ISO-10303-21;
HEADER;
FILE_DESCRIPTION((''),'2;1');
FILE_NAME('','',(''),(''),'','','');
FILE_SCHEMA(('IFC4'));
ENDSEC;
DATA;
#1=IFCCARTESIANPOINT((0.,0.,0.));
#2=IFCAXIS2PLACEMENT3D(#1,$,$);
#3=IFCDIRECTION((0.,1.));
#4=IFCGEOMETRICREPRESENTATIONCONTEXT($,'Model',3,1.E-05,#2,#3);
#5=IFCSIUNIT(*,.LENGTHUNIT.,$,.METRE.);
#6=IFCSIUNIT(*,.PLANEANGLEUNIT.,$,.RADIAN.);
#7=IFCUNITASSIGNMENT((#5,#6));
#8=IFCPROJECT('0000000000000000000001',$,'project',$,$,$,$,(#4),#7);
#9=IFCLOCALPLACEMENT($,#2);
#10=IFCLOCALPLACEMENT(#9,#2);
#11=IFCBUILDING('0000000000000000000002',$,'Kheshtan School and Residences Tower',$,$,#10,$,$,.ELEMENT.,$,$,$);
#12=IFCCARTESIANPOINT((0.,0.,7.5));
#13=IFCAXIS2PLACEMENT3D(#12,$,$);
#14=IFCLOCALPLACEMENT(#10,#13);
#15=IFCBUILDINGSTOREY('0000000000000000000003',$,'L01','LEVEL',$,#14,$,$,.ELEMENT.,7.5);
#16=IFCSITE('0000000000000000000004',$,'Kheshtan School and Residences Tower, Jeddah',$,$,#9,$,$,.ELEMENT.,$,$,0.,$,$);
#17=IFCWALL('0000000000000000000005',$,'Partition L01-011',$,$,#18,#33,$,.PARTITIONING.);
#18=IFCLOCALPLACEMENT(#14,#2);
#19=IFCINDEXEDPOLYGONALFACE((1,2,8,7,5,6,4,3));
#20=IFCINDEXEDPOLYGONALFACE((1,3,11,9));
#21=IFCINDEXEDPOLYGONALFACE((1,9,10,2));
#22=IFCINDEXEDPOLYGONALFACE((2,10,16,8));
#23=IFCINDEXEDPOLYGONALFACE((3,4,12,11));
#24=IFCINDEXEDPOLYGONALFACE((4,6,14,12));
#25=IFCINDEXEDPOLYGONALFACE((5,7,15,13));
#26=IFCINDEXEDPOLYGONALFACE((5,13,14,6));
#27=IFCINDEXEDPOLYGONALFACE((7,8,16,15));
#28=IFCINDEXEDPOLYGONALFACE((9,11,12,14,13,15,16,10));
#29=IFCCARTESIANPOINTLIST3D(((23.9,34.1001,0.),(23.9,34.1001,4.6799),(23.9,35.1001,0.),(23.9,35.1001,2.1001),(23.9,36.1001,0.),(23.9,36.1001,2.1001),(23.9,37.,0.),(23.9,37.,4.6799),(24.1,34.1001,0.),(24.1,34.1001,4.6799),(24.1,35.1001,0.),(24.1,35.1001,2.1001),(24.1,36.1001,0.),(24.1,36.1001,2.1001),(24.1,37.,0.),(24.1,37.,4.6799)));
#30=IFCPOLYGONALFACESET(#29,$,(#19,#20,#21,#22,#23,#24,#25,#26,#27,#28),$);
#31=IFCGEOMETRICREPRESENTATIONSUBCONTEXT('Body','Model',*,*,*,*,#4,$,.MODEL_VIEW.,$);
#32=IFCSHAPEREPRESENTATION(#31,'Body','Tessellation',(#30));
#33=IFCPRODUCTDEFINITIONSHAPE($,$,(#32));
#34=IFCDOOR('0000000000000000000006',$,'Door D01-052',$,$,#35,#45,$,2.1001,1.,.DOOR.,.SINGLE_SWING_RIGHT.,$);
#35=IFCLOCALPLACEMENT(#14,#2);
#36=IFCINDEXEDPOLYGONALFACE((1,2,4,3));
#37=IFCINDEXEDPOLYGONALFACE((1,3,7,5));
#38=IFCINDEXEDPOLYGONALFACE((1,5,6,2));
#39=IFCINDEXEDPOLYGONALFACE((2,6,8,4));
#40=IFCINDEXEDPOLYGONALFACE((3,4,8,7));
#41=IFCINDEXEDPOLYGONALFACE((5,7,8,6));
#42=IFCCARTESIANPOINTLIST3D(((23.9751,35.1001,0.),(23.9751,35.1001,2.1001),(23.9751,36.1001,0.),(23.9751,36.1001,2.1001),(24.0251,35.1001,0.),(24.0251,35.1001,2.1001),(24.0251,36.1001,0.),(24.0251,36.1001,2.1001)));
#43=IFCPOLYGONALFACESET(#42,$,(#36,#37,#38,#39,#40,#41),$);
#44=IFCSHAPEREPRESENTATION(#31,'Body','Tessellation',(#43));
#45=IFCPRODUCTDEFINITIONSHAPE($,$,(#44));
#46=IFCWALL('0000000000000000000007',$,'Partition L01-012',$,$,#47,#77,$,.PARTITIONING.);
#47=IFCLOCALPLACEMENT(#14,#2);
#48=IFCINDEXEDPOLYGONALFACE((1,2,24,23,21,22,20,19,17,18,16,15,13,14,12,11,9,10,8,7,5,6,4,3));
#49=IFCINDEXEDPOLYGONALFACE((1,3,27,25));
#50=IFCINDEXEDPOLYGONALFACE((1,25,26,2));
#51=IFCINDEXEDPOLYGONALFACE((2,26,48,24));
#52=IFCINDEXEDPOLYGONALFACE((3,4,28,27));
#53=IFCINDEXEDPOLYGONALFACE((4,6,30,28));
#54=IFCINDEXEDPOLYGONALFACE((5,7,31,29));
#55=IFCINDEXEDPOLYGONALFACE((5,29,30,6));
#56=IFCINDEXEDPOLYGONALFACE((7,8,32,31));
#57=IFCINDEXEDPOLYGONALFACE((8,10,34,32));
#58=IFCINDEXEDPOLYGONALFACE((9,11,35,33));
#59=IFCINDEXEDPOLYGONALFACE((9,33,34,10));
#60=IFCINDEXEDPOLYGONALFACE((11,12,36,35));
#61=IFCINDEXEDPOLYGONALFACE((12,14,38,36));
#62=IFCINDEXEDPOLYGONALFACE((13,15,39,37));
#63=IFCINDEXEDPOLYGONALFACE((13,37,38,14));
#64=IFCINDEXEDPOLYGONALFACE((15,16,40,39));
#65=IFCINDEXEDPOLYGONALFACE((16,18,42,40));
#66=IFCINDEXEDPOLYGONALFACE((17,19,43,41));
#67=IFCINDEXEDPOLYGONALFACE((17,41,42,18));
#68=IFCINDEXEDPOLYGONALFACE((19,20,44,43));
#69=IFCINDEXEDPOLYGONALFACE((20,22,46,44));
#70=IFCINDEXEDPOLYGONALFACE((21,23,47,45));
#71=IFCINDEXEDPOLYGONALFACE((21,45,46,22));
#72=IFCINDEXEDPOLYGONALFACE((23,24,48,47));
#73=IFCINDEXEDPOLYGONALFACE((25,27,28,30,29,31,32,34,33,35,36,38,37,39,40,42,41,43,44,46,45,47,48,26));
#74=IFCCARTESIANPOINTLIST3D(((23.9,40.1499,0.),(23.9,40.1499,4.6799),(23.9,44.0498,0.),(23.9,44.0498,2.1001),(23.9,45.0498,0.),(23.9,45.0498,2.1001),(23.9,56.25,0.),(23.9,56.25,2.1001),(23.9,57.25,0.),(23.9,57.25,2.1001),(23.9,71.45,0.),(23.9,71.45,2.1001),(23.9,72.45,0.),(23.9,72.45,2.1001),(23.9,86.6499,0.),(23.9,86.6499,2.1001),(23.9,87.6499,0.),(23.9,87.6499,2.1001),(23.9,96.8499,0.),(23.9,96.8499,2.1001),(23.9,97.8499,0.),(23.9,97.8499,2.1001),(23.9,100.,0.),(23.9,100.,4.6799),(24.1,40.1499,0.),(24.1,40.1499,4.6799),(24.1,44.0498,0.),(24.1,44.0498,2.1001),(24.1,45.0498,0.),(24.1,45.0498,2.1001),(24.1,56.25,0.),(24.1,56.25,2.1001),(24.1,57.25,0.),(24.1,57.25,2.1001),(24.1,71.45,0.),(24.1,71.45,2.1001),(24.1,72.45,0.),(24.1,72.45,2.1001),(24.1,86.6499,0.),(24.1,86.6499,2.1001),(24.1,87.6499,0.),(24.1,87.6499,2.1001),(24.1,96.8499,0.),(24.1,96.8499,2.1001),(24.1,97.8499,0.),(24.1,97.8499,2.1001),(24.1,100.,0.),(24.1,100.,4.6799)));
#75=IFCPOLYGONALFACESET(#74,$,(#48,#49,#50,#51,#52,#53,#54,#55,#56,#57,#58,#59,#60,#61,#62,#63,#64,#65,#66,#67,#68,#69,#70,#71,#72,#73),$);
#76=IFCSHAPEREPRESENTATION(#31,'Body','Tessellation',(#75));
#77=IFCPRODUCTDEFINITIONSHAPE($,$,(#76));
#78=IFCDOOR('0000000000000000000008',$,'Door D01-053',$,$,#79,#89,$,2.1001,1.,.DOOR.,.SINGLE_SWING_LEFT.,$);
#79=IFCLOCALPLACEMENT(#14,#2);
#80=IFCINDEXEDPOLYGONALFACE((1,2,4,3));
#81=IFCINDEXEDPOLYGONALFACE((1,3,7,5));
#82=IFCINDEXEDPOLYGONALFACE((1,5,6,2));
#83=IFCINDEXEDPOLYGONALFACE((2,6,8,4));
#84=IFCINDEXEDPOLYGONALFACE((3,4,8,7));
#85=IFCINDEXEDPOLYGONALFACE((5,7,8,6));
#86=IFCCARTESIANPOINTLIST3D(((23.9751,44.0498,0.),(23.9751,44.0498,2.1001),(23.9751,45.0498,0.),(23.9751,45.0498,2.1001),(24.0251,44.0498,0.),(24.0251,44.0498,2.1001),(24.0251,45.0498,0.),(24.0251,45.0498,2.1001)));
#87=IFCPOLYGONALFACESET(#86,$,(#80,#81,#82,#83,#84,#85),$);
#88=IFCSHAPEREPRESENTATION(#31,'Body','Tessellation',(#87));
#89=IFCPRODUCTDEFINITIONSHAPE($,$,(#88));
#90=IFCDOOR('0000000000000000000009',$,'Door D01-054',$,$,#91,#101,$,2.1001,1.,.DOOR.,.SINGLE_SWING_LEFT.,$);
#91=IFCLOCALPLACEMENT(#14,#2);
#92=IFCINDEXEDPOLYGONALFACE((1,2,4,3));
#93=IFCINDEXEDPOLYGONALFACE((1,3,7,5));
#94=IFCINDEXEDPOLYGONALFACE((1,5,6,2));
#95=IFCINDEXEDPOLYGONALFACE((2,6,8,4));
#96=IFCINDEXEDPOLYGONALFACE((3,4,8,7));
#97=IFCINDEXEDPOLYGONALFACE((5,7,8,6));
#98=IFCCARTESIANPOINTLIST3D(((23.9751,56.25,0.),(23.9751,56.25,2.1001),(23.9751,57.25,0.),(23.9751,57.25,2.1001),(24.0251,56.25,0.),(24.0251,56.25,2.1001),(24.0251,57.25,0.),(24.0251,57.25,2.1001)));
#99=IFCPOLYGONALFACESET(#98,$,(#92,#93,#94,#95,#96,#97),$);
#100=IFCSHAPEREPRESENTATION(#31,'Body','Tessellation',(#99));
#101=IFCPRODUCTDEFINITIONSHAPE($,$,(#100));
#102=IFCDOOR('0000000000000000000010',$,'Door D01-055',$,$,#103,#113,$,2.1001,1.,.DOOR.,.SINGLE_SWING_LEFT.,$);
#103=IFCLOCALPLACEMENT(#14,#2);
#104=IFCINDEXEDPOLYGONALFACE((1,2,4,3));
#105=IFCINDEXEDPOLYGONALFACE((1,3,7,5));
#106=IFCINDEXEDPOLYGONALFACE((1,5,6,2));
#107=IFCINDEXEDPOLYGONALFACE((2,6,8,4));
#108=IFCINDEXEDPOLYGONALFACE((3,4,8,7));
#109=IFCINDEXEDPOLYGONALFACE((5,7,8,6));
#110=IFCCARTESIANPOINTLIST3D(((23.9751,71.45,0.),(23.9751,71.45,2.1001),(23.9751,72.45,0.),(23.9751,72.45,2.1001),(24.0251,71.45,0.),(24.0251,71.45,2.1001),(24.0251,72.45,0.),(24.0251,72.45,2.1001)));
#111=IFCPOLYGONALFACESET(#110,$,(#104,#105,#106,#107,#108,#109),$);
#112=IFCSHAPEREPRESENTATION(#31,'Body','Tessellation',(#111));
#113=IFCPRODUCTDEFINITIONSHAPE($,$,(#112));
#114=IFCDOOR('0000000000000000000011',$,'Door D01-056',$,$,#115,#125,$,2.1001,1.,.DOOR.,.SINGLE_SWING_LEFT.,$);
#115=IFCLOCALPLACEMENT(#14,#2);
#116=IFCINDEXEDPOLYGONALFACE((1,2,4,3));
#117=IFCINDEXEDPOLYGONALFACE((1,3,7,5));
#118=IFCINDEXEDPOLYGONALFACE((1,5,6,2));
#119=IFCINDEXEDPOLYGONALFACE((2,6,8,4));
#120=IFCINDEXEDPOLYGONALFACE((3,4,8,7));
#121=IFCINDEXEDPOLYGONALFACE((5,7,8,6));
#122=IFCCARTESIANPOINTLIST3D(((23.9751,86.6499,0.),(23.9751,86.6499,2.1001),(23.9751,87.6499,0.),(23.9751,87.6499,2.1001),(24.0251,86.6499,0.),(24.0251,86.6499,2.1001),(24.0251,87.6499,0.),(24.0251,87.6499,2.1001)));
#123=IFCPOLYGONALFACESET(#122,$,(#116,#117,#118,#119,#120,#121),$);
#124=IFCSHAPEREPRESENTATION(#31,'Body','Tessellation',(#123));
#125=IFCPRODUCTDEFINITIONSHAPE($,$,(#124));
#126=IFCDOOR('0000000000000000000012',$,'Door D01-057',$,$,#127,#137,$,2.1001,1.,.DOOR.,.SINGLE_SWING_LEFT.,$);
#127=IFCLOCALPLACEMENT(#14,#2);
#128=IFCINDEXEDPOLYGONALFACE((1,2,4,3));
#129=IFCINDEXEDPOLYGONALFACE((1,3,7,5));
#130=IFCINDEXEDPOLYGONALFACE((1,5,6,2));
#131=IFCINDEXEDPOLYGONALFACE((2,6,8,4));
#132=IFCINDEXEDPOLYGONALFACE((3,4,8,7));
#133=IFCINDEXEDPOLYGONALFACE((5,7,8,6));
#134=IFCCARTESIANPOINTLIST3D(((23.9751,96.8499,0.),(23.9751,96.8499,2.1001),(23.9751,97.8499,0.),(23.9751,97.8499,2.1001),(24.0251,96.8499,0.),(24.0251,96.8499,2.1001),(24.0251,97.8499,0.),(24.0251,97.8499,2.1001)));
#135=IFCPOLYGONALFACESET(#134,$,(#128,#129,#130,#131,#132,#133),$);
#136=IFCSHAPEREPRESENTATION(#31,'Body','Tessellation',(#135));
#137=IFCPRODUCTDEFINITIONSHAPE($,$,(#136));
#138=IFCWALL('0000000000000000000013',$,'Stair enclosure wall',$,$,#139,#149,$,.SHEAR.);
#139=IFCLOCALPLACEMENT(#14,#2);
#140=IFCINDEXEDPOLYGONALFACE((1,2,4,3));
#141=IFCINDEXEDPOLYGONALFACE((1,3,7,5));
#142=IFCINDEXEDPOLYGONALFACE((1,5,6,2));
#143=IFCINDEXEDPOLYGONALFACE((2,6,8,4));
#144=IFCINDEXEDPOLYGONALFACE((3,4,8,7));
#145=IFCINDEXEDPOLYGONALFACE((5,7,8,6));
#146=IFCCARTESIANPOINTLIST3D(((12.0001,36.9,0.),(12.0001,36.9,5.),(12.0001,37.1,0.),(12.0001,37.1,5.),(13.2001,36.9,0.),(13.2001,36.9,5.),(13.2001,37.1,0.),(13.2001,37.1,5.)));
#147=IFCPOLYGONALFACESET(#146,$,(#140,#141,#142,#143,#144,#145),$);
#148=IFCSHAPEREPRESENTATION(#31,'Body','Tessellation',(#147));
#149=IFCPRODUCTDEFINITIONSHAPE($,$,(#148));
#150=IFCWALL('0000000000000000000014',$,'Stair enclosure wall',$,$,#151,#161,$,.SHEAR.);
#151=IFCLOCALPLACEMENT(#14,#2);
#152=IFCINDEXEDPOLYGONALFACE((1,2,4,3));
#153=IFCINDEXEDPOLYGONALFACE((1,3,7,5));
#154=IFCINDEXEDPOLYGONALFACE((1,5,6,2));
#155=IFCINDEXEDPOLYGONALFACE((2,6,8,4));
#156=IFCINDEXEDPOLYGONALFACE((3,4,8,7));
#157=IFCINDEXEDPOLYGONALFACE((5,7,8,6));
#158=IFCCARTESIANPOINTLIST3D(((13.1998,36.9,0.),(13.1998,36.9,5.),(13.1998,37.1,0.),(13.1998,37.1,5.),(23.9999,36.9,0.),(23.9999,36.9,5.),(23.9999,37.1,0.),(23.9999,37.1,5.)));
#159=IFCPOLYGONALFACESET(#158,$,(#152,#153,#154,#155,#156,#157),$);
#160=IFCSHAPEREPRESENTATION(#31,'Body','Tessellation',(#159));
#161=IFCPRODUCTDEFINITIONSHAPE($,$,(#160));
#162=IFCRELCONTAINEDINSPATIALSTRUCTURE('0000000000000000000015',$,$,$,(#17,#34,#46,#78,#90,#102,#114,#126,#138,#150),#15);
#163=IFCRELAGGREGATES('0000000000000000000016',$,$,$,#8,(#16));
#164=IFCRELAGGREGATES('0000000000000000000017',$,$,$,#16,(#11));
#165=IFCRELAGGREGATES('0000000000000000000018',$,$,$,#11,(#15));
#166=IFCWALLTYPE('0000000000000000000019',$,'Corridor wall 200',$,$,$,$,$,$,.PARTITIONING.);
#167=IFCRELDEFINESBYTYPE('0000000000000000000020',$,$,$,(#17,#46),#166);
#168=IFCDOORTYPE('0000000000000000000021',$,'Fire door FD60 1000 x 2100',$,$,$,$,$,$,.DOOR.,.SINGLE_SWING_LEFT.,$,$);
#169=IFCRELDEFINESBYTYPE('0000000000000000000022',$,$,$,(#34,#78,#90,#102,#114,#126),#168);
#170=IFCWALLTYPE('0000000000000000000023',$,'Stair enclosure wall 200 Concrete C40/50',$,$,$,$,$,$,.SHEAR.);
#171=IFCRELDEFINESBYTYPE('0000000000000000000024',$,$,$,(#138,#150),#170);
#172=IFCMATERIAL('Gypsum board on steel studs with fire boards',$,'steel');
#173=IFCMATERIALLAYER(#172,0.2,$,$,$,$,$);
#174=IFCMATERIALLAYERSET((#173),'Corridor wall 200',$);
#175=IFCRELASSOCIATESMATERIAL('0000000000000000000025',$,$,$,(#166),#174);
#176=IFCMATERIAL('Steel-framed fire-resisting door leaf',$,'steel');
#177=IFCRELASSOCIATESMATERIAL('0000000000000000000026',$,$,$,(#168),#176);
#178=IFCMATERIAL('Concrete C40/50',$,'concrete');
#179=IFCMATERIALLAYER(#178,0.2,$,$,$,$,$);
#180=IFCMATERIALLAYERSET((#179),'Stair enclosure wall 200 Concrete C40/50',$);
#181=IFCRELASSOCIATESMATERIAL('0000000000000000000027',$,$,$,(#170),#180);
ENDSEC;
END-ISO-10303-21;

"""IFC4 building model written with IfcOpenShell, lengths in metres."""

from ifc_helpers import new_model, si_unit, direction, frame, frame_2d, origin, place, context, subcontext, project, spatial, rectangle, extrude, source, transform, mapped, material, layer, layer_set, type_object, element, fill, save


model = new_model("IFC4")

# Units and contexts
model_context = context("Model", 3, precision=1e-05, world=origin(), true_north=direction((0.0, 1.0)))
body_context = subcontext(model_context, "Body", "Model", "MODEL_VIEW")
ifc_project = project(units=[si_unit("LENGTHUNIT", "METRE"), si_unit("PLANEANGLEUNIT", "RADIAN")], contexts=[model_context])

# Site, building, storey
site_placement = place(None, origin())
site = spatial("IfcSite", under=ifc_project, at=site_placement, Name="Kheshtan School and Residences Tower, Jeddah", CompositionType="ELEMENT", RefElevation=0.0)
building_placement = place(site_placement, origin())
building = spatial("IfcBuilding", under=site, at=building_placement, Name="Kheshtan School and Residences Tower", CompositionType="ELEMENT")
storey_placement = place(building_placement, frame((0.0, 0.0, 7.5)))
storey = spatial("IfcBuildingStorey", under=building, at=storey_placement, Name="L01", Description="LEVEL", CompositionType="ELEMENT", Elevation=7.5)

# Wall, opening, door
ifc_material_1 = material(Name="Gypsum board on steel studs with fire boards", Category="steel")
ifc_layer_1 = layer(ifc_material_1, 0.2)
ifc_layer_set_1 = layer_set([ifc_layer_1], Name="Corridor wall 200")
wall_type_1 = type_object("IfcWallType", Name="Corridor wall 200", PredefinedType="PARTITIONING", material=ifc_layer_set_1)
wall_1_placement = place(storey_placement, frame((24.0, 34.1001, 0.0), z_axis=(0.0, 0.0, 1.0), x_axis=(0.0, 1.0, 0.0)))
wall_1 = element("IfcWall", 1, at=wall_1_placement, inside=storey, type_object=wall_type_1, Name="Partition L01-011", PredefinedType="PARTITIONING", context=body_context, shape_type="SweptSolid", body=[
    extrude(rectangle(XDim=2.8999, YDim=0.2, at=frame_2d((1.45, 0.0))), origin(), (0.0, 0.0, 1.0), 4.6799),
])
opening_1_placement = place(wall_1_placement, frame((1.0, 0.0, 0.0)))
opening_1 = element("IfcOpeningElement", 2, at=opening_1_placement, cuts=wall_1, PredefinedType="OPENING", context=body_context, shape_type="SweptSolid", body=[
    extrude(rectangle(XDim=1.0, YDim=2.1001, at=frame_2d((0.5, 1.05))), frame((0.0, 0.1099, 0.0), z_axis=(0.0, -1.0, 0.0), x_axis=(1.0, 0.0, 0.0)), (0.0, 0.0, 1.0), 0.22),
])
ifc_material_2 = material(Name="Steel-framed fire-resisting door leaf", Category="steel")
door_type_1 = type_object("IfcDoorType", Name="Fire door FD60 1000 x 2100", OperationType="SINGLE_SWING_LEFT", PredefinedType="DOOR", material=ifc_material_2)
shared_shape_1 = source(origin(), body_context, "Body", "SweptSolid", [
    extrude(rectangle(XDim=1.0, YDim=2.1001, at=frame_2d((0.5, 1.05))), frame((0.0, 0.0249, 0.0), z_axis=(0.0, -1.0, 0.0), x_axis=(1.0, 0.0, 0.0)), (0.0, 0.0, 1.0), 0.05),
])
door_1_placement = place(opening_1_placement, origin())
door_1 = element("IfcDoor", 3, at=door_1_placement, inside=storey, type_object=door_type_1, Name="Door D01-052", OperationType="SINGLE_SWING_RIGHT", OverallHeight=2.1001, OverallWidth=1.0, PredefinedType="DOOR", context=body_context, shape_type="MappedRepresentation", body=[
    mapped(shared_shape_1, transform((0.0, 0.0, 0.0), x_axis=(1.0, 0.0, 0.0), y_axis=(0.0, 1.0, 0.0), z_axis=(0.0, 0.0, 1.0), scale=1.0)),
])
fill(opening_1, door_1)

# Wall, openings, doors
wall_2_placement = place(storey_placement, frame((24.0, 40.1499, 0.0), z_axis=(0.0, 0.0, 1.0), x_axis=(0.0, 1.0, 0.0)))
wall_2 = element("IfcWall", 4, at=wall_2_placement, inside=storey, type_object=wall_type_1, Name="Partition L01-012", PredefinedType="PARTITIONING", context=body_context, shape_type="SweptSolid", body=[
    extrude(rectangle(XDim=59.8501, YDim=0.2, at=frame_2d((29.925, 0.0))), origin(), (0.0, 0.0, 1.0), 4.6799),
])
opening_2_placement = place(wall_2_placement, frame((3.8999, 0.0, 0.0)))
opening_2 = element("IfcOpeningElement", 5, at=opening_2_placement, cuts=wall_2, PredefinedType="OPENING", context=body_context, shape_type="SweptSolid", body=[
    extrude(rectangle(XDim=1.0, YDim=2.1001, at=frame_2d((0.5, 1.05))), frame((0.0, 0.1099, 0.0), z_axis=(0.0, -1.0, 0.0), x_axis=(1.0, 0.0, 0.0)), (0.0, 0.0, 1.0), 0.22),
])
opening_3_placement = place(wall_2_placement, frame((16.1001, 0.0, 0.0)))
opening_3 = element("IfcOpeningElement", 6, at=opening_3_placement, cuts=wall_2, PredefinedType="OPENING", context=body_context, shape_type="SweptSolid", body=[
    extrude(rectangle(XDim=1.0, YDim=2.1001, at=frame_2d((0.5, 1.05))), frame((0.0, 0.1099, 0.0), z_axis=(0.0, -1.0, 0.0), x_axis=(1.0, 0.0, 0.0)), (0.0, 0.0, 1.0), 0.22),
])
opening_4_placement = place(wall_2_placement, frame((31.3, 0.0, 0.0)))
opening_4 = element("IfcOpeningElement", 7, at=opening_4_placement, cuts=wall_2, PredefinedType="OPENING", context=body_context, shape_type="SweptSolid", body=[
    extrude(rectangle(XDim=1.0, YDim=2.1001, at=frame_2d((0.5, 1.05))), frame((0.0, 0.1099, 0.0), z_axis=(0.0, -1.0, 0.0), x_axis=(1.0, 0.0, 0.0)), (0.0, 0.0, 1.0), 0.22),
])
opening_5_placement = place(wall_2_placement, frame((46.5, 0.0, 0.0)))
opening_5 = element("IfcOpeningElement", 8, at=opening_5_placement, cuts=wall_2, PredefinedType="OPENING", context=body_context, shape_type="SweptSolid", body=[
    extrude(rectangle(XDim=1.0, YDim=2.1001, at=frame_2d((0.5, 1.05))), frame((0.0, 0.1099, 0.0), z_axis=(0.0, -1.0, 0.0), x_axis=(1.0, 0.0, 0.0)), (0.0, 0.0, 1.0), 0.22),
])
opening_6_placement = place(wall_2_placement, frame((56.7, 0.0, 0.0)))
opening_6 = element("IfcOpeningElement", 9, at=opening_6_placement, cuts=wall_2, PredefinedType="OPENING", context=body_context, shape_type="SweptSolid", body=[
    extrude(rectangle(XDim=1.0, YDim=2.1001, at=frame_2d((0.5, 1.05))), frame((0.0, 0.1099, 0.0), z_axis=(0.0, -1.0, 0.0), x_axis=(1.0, 0.0, 0.0)), (0.0, 0.0, 1.0), 0.22),
])
door_2_placement = place(opening_2_placement, origin())
door_2 = element("IfcDoor", 10, at=door_2_placement, inside=storey, type_object=door_type_1, Name="Door D01-053", OperationType="SINGLE_SWING_LEFT", OverallHeight=2.1001, OverallWidth=1.0, PredefinedType="DOOR", context=body_context, shape_type="MappedRepresentation", body=[
    mapped(shared_shape_1, transform((0.0, 0.0, 0.0), x_axis=(1.0, 0.0, 0.0), y_axis=(0.0, 1.0, 0.0), z_axis=(0.0, 0.0, 1.0), scale=1.0)),
])
fill(opening_2, door_2)
door_3_placement = place(opening_3_placement, origin())
door_3 = element("IfcDoor", 11, at=door_3_placement, inside=storey, type_object=door_type_1, Name="Door D01-054", OperationType="SINGLE_SWING_LEFT", OverallHeight=2.1001, OverallWidth=1.0, PredefinedType="DOOR", context=body_context, shape_type="MappedRepresentation", body=[
    mapped(shared_shape_1, transform((0.0, 0.0, 0.0), x_axis=(1.0, 0.0, 0.0), y_axis=(0.0, 1.0, 0.0), z_axis=(0.0, 0.0, 1.0), scale=1.0)),
])
fill(opening_3, door_3)
door_4_placement = place(opening_4_placement, origin())
door_4 = element("IfcDoor", 12, at=door_4_placement, inside=storey, type_object=door_type_1, Name="Door D01-055", OperationType="SINGLE_SWING_LEFT", OverallHeight=2.1001, OverallWidth=1.0, PredefinedType="DOOR", context=body_context, shape_type="MappedRepresentation", body=[
    mapped(shared_shape_1, transform((0.0, 0.0, 0.0), x_axis=(1.0, 0.0, 0.0), y_axis=(0.0, 1.0, 0.0), z_axis=(0.0, 0.0, 1.0), scale=1.0)),
])
fill(opening_4, door_4)
door_5_placement = place(opening_5_placement, origin())
door_5 = element("IfcDoor", 13, at=door_5_placement, inside=storey, type_object=door_type_1, Name="Door D01-056", OperationType="SINGLE_SWING_LEFT", OverallHeight=2.1001, OverallWidth=1.0, PredefinedType="DOOR", context=body_context, shape_type="MappedRepresentation", body=[
    mapped(shared_shape_1, transform((0.0, 0.0, 0.0), x_axis=(1.0, 0.0, 0.0), y_axis=(0.0, 1.0, 0.0), z_axis=(0.0, 0.0, 1.0), scale=1.0)),
])
fill(opening_5, door_5)
door_6_placement = place(opening_6_placement, origin())
door_6 = element("IfcDoor", 14, at=door_6_placement, inside=storey, type_object=door_type_1, Name="Door D01-057", OperationType="SINGLE_SWING_LEFT", OverallHeight=2.1001, OverallWidth=1.0, PredefinedType="DOOR", context=body_context, shape_type="MappedRepresentation", body=[
    mapped(shared_shape_1, transform((0.0, 0.0, 0.0), x_axis=(1.0, 0.0, 0.0), y_axis=(0.0, 1.0, 0.0), z_axis=(0.0, 0.0, 1.0), scale=1.0)),
])
fill(opening_6, door_6)

# Walls
ifc_material_3 = material(Name="Concrete C40/50", Category="concrete")
ifc_layer_2 = layer(ifc_material_3, 0.2)
ifc_layer_set_2 = layer_set([ifc_layer_2], Name="Stair enclosure wall 200 Concrete C40/50")
wall_type_2 = type_object("IfcWallType", Name="Stair enclosure wall 200 Concrete C40/50", PredefinedType="SHEAR", material=ifc_layer_set_2)
wall_3_placement = place(storey_placement, frame((12.0, 37.0, 0.0), z_axis=(0.0, 0.0, 1.0), x_axis=(1.0, 0.0, 0.0)))
element("IfcWall", 15, at=wall_3_placement, inside=storey, type_object=wall_type_2, Name="Stair enclosure wall", PredefinedType="SHEAR", context=body_context, shape_type="SweptSolid", body=[
    extrude(rectangle(XDim=1.2, YDim=0.2, at=frame_2d((0.6001, 0.0))), origin(), (0.0, 0.0, 1.0), 5.0),
])
wall_4_placement = place(storey_placement, frame((13.2, 37.0, 0.0), z_axis=(0.0, 0.0, 1.0), x_axis=(1.0, 0.0, 0.0)))
element("IfcWall", 16, at=wall_4_placement, inside=storey, type_object=wall_type_2, Name="Stair enclosure wall", PredefinedType="SHEAR", context=body_context, shape_type="SweptSolid", body=[
    extrude(rectangle(XDim=10.8, YDim=0.2, at=frame_2d((5.3999, 0.0))), origin(), (0.0, 0.0, 1.0), 5.0),
])

save(model, "model.ifc")
